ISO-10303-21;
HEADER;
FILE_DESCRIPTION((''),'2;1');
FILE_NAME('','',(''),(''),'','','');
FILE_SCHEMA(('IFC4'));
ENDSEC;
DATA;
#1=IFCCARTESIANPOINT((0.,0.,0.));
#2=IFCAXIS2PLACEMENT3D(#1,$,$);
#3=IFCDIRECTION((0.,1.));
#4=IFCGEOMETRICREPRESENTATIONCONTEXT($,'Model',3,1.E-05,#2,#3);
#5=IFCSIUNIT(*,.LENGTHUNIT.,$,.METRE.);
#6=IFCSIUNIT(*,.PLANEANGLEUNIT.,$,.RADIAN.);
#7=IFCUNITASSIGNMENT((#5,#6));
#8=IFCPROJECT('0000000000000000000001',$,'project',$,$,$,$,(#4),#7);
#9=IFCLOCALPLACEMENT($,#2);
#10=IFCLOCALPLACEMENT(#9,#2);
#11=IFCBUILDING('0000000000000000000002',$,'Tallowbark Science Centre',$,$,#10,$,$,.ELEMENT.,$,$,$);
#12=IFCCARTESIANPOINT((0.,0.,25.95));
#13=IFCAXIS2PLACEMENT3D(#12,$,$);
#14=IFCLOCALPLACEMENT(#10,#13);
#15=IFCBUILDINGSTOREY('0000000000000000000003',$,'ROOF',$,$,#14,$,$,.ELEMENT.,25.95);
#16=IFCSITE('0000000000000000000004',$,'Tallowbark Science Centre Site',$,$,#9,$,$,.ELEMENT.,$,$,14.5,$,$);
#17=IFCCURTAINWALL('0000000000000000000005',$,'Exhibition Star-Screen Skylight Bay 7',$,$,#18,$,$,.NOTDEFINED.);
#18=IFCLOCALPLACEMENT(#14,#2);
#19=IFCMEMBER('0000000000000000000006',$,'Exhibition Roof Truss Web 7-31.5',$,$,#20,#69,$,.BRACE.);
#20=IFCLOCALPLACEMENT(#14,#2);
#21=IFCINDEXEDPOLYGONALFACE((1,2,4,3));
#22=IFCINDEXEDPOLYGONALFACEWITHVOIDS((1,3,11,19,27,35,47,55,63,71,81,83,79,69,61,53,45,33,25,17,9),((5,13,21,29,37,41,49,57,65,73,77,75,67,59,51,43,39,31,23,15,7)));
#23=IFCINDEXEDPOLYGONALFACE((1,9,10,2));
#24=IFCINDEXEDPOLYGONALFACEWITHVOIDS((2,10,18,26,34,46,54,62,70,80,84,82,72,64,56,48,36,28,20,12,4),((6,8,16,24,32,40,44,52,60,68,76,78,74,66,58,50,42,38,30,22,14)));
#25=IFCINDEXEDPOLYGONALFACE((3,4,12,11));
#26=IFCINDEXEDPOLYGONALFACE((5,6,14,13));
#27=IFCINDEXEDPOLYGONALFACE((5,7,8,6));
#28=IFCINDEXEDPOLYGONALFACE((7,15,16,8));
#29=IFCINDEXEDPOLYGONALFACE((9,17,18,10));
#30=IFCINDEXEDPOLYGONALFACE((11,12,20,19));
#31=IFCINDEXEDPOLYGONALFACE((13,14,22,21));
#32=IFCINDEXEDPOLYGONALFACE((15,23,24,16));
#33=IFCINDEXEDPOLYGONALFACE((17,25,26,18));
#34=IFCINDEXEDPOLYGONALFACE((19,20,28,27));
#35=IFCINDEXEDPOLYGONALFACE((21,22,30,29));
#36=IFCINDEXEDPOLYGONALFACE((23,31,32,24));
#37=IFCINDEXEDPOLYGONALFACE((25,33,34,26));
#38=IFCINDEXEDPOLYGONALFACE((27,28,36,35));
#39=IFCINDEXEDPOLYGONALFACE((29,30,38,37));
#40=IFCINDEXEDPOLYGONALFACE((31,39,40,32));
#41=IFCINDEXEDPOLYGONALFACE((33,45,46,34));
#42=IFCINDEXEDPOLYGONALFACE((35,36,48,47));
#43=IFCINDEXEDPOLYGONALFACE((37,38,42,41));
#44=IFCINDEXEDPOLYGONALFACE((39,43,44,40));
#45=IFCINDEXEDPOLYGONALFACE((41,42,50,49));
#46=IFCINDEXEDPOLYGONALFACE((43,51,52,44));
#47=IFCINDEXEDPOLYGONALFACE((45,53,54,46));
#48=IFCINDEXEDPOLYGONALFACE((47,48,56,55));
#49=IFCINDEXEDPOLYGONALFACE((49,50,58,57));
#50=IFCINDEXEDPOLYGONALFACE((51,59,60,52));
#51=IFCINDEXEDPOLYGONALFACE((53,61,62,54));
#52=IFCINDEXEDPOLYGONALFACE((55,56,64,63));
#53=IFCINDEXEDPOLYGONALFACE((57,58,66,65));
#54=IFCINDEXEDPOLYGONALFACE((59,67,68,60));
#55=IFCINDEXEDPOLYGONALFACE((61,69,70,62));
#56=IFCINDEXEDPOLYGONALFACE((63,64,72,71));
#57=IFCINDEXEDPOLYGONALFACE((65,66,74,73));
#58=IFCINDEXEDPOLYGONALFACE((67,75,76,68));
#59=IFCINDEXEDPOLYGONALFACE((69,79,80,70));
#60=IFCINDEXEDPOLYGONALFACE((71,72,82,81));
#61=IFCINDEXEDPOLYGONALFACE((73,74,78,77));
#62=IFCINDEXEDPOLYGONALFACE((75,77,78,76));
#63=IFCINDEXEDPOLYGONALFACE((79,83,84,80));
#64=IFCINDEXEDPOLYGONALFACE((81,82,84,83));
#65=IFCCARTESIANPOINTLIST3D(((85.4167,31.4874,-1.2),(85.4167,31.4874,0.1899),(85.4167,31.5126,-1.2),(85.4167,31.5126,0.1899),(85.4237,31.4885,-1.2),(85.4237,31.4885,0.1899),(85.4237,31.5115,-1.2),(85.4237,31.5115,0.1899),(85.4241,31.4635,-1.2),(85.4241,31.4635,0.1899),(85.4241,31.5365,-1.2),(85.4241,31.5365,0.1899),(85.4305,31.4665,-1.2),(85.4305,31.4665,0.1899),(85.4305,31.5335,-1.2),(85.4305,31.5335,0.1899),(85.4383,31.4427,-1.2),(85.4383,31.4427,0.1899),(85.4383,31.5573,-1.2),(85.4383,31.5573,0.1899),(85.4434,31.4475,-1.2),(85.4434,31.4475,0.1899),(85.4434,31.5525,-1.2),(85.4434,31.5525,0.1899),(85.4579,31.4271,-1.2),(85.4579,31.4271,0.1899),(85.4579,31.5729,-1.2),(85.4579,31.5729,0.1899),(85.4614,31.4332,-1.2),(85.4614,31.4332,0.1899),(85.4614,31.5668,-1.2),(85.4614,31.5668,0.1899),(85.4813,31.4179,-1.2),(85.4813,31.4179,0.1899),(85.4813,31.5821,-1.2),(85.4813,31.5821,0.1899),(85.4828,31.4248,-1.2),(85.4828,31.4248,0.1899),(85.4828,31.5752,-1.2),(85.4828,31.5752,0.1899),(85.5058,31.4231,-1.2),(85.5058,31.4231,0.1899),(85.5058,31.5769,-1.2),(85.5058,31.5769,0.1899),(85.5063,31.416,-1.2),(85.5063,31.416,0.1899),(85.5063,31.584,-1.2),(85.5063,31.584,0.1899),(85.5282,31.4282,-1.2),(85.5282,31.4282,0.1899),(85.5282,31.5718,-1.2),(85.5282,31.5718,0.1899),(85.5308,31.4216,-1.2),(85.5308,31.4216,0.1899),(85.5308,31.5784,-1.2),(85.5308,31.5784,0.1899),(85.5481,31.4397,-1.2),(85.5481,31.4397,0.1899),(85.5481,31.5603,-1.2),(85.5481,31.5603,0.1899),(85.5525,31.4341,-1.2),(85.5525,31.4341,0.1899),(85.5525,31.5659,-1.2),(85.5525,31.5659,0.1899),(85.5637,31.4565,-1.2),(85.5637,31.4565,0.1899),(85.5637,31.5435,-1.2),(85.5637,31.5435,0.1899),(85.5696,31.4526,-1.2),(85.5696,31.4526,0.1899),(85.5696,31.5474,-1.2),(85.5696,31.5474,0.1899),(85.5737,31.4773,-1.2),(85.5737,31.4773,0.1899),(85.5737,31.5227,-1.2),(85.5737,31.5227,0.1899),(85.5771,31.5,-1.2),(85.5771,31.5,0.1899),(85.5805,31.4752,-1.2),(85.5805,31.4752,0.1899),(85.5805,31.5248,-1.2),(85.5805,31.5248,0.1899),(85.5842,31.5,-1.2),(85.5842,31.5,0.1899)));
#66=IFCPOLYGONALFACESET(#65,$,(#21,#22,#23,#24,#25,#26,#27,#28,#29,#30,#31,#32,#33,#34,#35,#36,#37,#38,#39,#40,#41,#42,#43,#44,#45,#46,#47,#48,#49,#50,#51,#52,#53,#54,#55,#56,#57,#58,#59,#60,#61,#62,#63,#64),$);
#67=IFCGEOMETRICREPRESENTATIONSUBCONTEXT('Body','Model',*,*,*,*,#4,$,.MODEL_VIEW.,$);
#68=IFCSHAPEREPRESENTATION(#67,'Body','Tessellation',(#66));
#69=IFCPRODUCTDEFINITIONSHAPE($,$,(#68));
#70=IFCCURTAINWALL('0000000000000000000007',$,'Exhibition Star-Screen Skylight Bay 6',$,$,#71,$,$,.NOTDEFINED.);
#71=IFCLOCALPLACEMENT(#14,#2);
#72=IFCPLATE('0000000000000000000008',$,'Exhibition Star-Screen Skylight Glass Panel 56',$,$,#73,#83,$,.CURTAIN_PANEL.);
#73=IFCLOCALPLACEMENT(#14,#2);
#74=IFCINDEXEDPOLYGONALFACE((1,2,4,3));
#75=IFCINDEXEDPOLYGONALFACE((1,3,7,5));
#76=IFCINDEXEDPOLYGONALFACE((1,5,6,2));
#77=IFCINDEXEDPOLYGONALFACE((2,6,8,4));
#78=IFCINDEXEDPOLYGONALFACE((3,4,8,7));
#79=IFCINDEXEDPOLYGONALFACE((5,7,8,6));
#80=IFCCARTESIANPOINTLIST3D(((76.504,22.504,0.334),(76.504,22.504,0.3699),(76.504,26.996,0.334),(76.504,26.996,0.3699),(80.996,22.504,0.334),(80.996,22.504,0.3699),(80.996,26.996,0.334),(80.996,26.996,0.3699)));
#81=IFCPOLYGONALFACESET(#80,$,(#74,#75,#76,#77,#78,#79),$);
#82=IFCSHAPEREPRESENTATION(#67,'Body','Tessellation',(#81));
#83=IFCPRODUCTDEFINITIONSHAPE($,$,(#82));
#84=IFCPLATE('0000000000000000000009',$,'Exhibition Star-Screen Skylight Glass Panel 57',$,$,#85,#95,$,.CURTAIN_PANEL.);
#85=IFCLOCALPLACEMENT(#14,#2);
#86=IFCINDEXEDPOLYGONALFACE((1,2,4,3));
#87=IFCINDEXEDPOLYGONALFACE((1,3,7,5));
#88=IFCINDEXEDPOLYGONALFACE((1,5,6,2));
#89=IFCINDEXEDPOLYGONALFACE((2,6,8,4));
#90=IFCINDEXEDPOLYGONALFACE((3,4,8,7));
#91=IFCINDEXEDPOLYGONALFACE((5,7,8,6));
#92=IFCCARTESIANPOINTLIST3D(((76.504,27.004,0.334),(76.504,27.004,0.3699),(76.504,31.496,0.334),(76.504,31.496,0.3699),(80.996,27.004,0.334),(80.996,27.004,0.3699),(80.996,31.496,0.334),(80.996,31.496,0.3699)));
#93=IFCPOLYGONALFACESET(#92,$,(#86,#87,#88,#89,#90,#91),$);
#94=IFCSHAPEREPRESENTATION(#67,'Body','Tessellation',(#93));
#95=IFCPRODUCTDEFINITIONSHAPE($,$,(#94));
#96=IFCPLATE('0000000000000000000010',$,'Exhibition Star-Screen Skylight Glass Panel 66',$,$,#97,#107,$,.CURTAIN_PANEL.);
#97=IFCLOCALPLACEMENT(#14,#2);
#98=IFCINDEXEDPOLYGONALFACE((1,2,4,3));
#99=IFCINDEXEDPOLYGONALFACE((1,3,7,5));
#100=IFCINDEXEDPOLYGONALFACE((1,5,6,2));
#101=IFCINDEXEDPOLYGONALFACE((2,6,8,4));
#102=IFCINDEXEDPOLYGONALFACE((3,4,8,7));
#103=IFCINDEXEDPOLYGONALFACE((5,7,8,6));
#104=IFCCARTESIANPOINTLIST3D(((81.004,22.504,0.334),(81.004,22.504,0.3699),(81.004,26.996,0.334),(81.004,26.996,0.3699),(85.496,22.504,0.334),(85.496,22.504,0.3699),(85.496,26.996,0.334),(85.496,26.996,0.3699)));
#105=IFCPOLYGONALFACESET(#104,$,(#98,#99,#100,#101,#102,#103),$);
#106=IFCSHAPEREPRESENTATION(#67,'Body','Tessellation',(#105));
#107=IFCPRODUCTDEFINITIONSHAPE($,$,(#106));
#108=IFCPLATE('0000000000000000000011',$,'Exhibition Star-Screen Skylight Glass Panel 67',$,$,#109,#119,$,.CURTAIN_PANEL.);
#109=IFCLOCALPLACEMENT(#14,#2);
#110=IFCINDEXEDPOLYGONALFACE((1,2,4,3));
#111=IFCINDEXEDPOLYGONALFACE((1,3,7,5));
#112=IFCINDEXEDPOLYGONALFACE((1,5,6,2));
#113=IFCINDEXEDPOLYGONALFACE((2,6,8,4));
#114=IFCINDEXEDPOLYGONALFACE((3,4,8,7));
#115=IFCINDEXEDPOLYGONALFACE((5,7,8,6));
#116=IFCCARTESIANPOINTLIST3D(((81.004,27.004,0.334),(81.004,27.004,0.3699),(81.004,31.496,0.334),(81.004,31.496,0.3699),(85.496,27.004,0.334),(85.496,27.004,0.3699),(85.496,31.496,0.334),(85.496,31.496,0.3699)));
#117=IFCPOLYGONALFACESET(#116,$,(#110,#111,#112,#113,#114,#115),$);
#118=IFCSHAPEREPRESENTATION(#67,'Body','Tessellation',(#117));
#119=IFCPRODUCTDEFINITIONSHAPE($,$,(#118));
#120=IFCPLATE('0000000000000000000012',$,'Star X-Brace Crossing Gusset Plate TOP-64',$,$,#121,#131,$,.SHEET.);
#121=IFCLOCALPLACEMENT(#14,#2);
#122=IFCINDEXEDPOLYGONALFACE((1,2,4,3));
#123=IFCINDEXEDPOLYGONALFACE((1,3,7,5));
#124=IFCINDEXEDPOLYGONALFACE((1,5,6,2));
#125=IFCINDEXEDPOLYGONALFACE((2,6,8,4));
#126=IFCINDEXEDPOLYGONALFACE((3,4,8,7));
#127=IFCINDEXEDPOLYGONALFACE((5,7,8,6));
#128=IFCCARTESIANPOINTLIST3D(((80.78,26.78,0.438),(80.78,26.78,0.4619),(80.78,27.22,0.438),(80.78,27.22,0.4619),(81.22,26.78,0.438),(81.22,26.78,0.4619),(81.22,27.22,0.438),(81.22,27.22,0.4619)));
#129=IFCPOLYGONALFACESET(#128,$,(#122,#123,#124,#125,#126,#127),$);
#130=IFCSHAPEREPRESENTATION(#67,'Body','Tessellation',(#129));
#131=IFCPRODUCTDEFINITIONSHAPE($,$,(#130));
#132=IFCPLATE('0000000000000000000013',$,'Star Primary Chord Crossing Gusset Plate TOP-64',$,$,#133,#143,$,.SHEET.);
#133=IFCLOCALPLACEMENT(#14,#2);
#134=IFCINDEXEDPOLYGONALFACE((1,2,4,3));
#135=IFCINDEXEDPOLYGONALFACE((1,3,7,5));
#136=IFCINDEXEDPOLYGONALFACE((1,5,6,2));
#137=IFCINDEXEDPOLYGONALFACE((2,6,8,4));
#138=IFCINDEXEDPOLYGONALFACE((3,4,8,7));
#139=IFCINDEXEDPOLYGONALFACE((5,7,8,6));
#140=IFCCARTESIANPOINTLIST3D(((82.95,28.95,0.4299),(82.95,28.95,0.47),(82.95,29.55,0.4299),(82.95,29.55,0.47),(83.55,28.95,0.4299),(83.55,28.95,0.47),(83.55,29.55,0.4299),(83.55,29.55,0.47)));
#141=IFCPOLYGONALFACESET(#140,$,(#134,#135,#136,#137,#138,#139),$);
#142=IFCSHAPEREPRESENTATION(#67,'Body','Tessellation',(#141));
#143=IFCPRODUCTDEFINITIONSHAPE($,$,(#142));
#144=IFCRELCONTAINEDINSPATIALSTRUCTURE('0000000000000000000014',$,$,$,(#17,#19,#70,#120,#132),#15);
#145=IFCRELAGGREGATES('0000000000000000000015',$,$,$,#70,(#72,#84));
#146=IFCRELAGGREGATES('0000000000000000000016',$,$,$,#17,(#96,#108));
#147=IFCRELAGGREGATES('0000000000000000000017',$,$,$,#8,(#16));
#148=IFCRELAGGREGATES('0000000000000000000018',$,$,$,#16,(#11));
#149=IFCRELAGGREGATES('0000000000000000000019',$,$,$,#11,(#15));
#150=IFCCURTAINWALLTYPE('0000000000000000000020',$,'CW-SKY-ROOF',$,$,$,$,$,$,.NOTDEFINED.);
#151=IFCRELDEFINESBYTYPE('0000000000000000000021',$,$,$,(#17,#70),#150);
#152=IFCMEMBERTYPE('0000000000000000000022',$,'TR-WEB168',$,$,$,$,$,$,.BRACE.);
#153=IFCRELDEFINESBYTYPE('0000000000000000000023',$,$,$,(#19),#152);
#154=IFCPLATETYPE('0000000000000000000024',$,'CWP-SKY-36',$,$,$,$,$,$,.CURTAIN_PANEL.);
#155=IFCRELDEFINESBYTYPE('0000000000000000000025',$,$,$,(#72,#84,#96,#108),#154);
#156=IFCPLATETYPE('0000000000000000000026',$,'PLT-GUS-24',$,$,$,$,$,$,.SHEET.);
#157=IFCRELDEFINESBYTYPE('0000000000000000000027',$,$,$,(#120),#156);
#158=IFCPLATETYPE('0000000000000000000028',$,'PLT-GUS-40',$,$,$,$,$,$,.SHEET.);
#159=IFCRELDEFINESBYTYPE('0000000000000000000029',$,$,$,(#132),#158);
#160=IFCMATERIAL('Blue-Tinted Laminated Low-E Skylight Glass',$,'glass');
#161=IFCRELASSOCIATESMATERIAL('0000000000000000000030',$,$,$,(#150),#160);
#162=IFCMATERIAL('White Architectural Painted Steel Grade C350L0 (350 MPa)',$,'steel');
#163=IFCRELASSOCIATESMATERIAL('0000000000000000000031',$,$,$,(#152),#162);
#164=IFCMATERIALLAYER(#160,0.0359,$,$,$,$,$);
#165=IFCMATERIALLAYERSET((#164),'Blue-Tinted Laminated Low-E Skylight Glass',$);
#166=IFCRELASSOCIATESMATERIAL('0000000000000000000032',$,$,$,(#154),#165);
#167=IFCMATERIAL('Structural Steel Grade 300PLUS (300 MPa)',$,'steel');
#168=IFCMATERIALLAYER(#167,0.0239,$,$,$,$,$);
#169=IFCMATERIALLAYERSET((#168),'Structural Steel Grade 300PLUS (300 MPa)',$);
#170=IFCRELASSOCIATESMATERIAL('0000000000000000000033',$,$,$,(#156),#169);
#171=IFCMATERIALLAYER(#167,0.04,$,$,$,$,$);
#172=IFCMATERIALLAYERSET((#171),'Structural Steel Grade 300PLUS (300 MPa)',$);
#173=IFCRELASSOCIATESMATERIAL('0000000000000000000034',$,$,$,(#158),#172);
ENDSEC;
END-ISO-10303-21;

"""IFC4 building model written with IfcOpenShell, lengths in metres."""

from ifc_helpers import new_model, si_unit, direction, frame, origin, origin_2d, place, context, subcontext, project, spatial, rectangle, hollow_circle, extrude, material, layer, layer_set, material_profile, profile_set, type_object, element, aggregate, save


model = new_model("IFC4")

# Units and contexts
model_context = context("Model", 3, precision=1e-05, world=origin(), true_north=direction((0.0, 1.0)))
body_context = subcontext(model_context, "Body", "Model", "MODEL_VIEW")
ifc_project = project(units=[si_unit("LENGTHUNIT", "METRE"), si_unit("PLANEANGLEUNIT", "RADIAN")], contexts=[model_context])

# Site, building, storey
site_placement = place(None, origin())
site = spatial("IfcSite", under=ifc_project, at=site_placement, Name="Tallowbark Science Centre Site", CompositionType="ELEMENT", RefElevation=14.5)
building_placement = place(site_placement, origin())
building = spatial("IfcBuilding", under=site, at=building_placement, Name="Tallowbark Science Centre", CompositionType="ELEMENT")
storey_placement = place(building_placement, frame((0.0, 0.0, 25.95)))
storey = spatial("IfcBuildingStorey", under=building, at=storey_placement, Name="ROOF", CompositionType="ELEMENT", Elevation=25.95)

# Curtain wall
ifc_material_1 = material(Name="Blue-Tinted Laminated Low-E Skylight Glass", Category="glass")
curtain_wall_type = type_object("IfcCurtainWallType", Name="CW-SKY-ROOF", PredefinedType="NOTDEFINED", material=ifc_material_1)
curtain_wall_1_placement = place(storey_placement, origin())
curtain_wall_1 = element("IfcCurtainWall", 1, at=curtain_wall_1_placement, inside=storey, type_object=curtain_wall_type, Name="Exhibition Star-Screen Skylight Bay 7", PredefinedType="NOTDEFINED")

# Member
ifc_material_2 = material(Name="White Architectural Painted Steel Grade C350L0 (350 MPa)", Category="steel")
ifc_material_profile_1 = material_profile(ifc_material_2, hollow_circle(Radius=0.0842, WallThickness=0.0071, at=origin_2d()), Name="168.3x7.1CHS")
ifc_profile_set_1 = profile_set([ifc_material_profile_1], Name="White Architectural Painted Steel Grade C350L0 (350 MPa)")
member_type_1 = type_object("IfcMemberType", Name="TR-WEB168", PredefinedType="BRACE", material=ifc_profile_set_1)
for number, where, z_axis, x_axis, name in (
    (2, (85.5, 31.5, -1.2), (0.0, 0.0, 1.0), (1.0, 0.0, 0.0), "Exhibition Roof Truss Web 7-31.5"),
):
    element("IfcMember", number, at=place(storey_placement, frame(where, z_axis=z_axis, x_axis=x_axis)), inside=storey, type_object=member_type_1, Name=name, PredefinedType="BRACE", context=body_context, shape_type="SweptSolid", body=[
        extrude(hollow_circle(Radius=0.0842, WallThickness=0.0071, at=origin_2d()), origin(), (0.0, 0.0, 1.0), 1.3899),
    ])

# Curtain wall, plates
curtain_wall_2_placement = place(storey_placement, origin())
curtain_wall_2 = element("IfcCurtainWall", 3, at=curtain_wall_2_placement, inside=storey, type_object=curtain_wall_type, Name="Exhibition Star-Screen Skylight Bay 6", PredefinedType="NOTDEFINED")
ifc_layer_1 = layer(ifc_material_1, 0.0359)
ifc_layer_set_1 = layer_set([ifc_layer_1], Name="Blue-Tinted Laminated Low-E Skylight Glass")
plate_type_1 = type_object("IfcPlateType", Name="CWP-SKY-36", PredefinedType="CURTAIN_PANEL", material=ifc_layer_set_1)
plate_1_placement = place(storey_placement, frame((78.75, 24.75, 0.334), z_axis=(0.0, 0.0, 1.0), x_axis=(1.0, 0.0, 0.0)))
plate_1 = element("IfcPlate", 4, at=plate_1_placement, type_object=plate_type_1, Name="Exhibition Star-Screen Skylight Glass Panel 56", PredefinedType="CURTAIN_PANEL", context=body_context, shape_type="SweptSolid", body=[
    extrude(rectangle(XDim=4.4919, YDim=4.4919, at=origin_2d()), origin(), (0.0, 0.0, 1.0), 0.0359),
])
plate_2_placement = place(storey_placement, frame((78.75, 29.25, 0.334), z_axis=(0.0, 0.0, 1.0), x_axis=(1.0, 0.0, 0.0)))
plate_2 = element("IfcPlate", 5, at=plate_2_placement, type_object=plate_type_1, Name="Exhibition Star-Screen Skylight Glass Panel 57", PredefinedType="CURTAIN_PANEL", context=body_context, shape_type="SweptSolid", body=[
    extrude(rectangle(XDim=4.4919, YDim=4.4919, at=origin_2d()), origin(), (0.0, 0.0, 1.0), 0.0359),
])
aggregate(curtain_wall_2, [plate_1, plate_2])

# Plates
plate_3_placement = place(storey_placement, frame((83.25, 24.75, 0.334), z_axis=(0.0, 0.0, 1.0), x_axis=(1.0, 0.0, 0.0)))
plate_3 = element("IfcPlate", 6, at=plate_3_placement, type_object=plate_type_1, Name="Exhibition Star-Screen Skylight Glass Panel 66", PredefinedType="CURTAIN_PANEL", context=body_context, shape_type="SweptSolid", body=[
    extrude(rectangle(XDim=4.4919, YDim=4.4919, at=origin_2d()), origin(), (0.0, 0.0, 1.0), 0.0359),
])
plate_4_placement = place(storey_placement, frame((83.25, 29.25, 0.334), z_axis=(0.0, 0.0, 1.0), x_axis=(1.0, 0.0, 0.0)))
plate_4 = element("IfcPlate", 7, at=plate_4_placement, type_object=plate_type_1, Name="Exhibition Star-Screen Skylight Glass Panel 67", PredefinedType="CURTAIN_PANEL", context=body_context, shape_type="SweptSolid", body=[
    extrude(rectangle(XDim=4.4919, YDim=4.4919, at=origin_2d()), origin(), (0.0, 0.0, 1.0), 0.0359),
])
aggregate(curtain_wall_1, [plate_3, plate_4])

# Plates
ifc_material_3 = material(Name="Structural Steel Grade 300PLUS (300 MPa)", Category="steel")
ifc_layer_2 = layer(ifc_material_3, 0.0239)
ifc_layer_set_2 = layer_set([ifc_layer_2], Name="Structural Steel Grade 300PLUS (300 MPa)")
plate_type_2 = type_object("IfcPlateType", Name="PLT-GUS-24", PredefinedType="SHEET", material=ifc_layer_set_2)
plate_5_placement = place(storey_placement, frame((81.0, 27.0, 0.438), z_axis=(0.0, 0.0, 1.0), x_axis=(1.0, 0.0, 0.0)))
element("IfcPlate", 8, at=plate_5_placement, inside=storey, type_object=plate_type_2, Name="Star X-Brace Crossing Gusset Plate TOP-64", PredefinedType="SHEET", context=body_context, shape_type="SweptSolid", body=[
    extrude(rectangle(XDim=0.4399, YDim=0.4399, at=origin_2d()), origin(), (0.0, 0.0, 1.0), 0.0239),
])
ifc_layer_3 = layer(ifc_material_3, 0.04)
ifc_layer_set_3 = layer_set([ifc_layer_3], Name="Structural Steel Grade 300PLUS (300 MPa)")
plate_type_3 = type_object("IfcPlateType", Name="PLT-GUS-40", PredefinedType="SHEET", material=ifc_layer_set_3)
plate_6_placement = place(storey_placement, frame((83.25, 29.25, 0.4299), z_axis=(0.0, 0.0, 1.0), x_axis=(1.0, 0.0, 0.0)))
element("IfcPlate", 9, at=plate_6_placement, inside=storey, type_object=plate_type_3, Name="Star Primary Chord Crossing Gusset Plate TOP-64", PredefinedType="SHEET", context=body_context, shape_type="SweptSolid", body=[
    extrude(rectangle(XDim=0.6001, YDim=0.6001, at=origin_2d()), origin(), (0.0, 0.0, 1.0), 0.04),
])

save(model, "model.ifc")
